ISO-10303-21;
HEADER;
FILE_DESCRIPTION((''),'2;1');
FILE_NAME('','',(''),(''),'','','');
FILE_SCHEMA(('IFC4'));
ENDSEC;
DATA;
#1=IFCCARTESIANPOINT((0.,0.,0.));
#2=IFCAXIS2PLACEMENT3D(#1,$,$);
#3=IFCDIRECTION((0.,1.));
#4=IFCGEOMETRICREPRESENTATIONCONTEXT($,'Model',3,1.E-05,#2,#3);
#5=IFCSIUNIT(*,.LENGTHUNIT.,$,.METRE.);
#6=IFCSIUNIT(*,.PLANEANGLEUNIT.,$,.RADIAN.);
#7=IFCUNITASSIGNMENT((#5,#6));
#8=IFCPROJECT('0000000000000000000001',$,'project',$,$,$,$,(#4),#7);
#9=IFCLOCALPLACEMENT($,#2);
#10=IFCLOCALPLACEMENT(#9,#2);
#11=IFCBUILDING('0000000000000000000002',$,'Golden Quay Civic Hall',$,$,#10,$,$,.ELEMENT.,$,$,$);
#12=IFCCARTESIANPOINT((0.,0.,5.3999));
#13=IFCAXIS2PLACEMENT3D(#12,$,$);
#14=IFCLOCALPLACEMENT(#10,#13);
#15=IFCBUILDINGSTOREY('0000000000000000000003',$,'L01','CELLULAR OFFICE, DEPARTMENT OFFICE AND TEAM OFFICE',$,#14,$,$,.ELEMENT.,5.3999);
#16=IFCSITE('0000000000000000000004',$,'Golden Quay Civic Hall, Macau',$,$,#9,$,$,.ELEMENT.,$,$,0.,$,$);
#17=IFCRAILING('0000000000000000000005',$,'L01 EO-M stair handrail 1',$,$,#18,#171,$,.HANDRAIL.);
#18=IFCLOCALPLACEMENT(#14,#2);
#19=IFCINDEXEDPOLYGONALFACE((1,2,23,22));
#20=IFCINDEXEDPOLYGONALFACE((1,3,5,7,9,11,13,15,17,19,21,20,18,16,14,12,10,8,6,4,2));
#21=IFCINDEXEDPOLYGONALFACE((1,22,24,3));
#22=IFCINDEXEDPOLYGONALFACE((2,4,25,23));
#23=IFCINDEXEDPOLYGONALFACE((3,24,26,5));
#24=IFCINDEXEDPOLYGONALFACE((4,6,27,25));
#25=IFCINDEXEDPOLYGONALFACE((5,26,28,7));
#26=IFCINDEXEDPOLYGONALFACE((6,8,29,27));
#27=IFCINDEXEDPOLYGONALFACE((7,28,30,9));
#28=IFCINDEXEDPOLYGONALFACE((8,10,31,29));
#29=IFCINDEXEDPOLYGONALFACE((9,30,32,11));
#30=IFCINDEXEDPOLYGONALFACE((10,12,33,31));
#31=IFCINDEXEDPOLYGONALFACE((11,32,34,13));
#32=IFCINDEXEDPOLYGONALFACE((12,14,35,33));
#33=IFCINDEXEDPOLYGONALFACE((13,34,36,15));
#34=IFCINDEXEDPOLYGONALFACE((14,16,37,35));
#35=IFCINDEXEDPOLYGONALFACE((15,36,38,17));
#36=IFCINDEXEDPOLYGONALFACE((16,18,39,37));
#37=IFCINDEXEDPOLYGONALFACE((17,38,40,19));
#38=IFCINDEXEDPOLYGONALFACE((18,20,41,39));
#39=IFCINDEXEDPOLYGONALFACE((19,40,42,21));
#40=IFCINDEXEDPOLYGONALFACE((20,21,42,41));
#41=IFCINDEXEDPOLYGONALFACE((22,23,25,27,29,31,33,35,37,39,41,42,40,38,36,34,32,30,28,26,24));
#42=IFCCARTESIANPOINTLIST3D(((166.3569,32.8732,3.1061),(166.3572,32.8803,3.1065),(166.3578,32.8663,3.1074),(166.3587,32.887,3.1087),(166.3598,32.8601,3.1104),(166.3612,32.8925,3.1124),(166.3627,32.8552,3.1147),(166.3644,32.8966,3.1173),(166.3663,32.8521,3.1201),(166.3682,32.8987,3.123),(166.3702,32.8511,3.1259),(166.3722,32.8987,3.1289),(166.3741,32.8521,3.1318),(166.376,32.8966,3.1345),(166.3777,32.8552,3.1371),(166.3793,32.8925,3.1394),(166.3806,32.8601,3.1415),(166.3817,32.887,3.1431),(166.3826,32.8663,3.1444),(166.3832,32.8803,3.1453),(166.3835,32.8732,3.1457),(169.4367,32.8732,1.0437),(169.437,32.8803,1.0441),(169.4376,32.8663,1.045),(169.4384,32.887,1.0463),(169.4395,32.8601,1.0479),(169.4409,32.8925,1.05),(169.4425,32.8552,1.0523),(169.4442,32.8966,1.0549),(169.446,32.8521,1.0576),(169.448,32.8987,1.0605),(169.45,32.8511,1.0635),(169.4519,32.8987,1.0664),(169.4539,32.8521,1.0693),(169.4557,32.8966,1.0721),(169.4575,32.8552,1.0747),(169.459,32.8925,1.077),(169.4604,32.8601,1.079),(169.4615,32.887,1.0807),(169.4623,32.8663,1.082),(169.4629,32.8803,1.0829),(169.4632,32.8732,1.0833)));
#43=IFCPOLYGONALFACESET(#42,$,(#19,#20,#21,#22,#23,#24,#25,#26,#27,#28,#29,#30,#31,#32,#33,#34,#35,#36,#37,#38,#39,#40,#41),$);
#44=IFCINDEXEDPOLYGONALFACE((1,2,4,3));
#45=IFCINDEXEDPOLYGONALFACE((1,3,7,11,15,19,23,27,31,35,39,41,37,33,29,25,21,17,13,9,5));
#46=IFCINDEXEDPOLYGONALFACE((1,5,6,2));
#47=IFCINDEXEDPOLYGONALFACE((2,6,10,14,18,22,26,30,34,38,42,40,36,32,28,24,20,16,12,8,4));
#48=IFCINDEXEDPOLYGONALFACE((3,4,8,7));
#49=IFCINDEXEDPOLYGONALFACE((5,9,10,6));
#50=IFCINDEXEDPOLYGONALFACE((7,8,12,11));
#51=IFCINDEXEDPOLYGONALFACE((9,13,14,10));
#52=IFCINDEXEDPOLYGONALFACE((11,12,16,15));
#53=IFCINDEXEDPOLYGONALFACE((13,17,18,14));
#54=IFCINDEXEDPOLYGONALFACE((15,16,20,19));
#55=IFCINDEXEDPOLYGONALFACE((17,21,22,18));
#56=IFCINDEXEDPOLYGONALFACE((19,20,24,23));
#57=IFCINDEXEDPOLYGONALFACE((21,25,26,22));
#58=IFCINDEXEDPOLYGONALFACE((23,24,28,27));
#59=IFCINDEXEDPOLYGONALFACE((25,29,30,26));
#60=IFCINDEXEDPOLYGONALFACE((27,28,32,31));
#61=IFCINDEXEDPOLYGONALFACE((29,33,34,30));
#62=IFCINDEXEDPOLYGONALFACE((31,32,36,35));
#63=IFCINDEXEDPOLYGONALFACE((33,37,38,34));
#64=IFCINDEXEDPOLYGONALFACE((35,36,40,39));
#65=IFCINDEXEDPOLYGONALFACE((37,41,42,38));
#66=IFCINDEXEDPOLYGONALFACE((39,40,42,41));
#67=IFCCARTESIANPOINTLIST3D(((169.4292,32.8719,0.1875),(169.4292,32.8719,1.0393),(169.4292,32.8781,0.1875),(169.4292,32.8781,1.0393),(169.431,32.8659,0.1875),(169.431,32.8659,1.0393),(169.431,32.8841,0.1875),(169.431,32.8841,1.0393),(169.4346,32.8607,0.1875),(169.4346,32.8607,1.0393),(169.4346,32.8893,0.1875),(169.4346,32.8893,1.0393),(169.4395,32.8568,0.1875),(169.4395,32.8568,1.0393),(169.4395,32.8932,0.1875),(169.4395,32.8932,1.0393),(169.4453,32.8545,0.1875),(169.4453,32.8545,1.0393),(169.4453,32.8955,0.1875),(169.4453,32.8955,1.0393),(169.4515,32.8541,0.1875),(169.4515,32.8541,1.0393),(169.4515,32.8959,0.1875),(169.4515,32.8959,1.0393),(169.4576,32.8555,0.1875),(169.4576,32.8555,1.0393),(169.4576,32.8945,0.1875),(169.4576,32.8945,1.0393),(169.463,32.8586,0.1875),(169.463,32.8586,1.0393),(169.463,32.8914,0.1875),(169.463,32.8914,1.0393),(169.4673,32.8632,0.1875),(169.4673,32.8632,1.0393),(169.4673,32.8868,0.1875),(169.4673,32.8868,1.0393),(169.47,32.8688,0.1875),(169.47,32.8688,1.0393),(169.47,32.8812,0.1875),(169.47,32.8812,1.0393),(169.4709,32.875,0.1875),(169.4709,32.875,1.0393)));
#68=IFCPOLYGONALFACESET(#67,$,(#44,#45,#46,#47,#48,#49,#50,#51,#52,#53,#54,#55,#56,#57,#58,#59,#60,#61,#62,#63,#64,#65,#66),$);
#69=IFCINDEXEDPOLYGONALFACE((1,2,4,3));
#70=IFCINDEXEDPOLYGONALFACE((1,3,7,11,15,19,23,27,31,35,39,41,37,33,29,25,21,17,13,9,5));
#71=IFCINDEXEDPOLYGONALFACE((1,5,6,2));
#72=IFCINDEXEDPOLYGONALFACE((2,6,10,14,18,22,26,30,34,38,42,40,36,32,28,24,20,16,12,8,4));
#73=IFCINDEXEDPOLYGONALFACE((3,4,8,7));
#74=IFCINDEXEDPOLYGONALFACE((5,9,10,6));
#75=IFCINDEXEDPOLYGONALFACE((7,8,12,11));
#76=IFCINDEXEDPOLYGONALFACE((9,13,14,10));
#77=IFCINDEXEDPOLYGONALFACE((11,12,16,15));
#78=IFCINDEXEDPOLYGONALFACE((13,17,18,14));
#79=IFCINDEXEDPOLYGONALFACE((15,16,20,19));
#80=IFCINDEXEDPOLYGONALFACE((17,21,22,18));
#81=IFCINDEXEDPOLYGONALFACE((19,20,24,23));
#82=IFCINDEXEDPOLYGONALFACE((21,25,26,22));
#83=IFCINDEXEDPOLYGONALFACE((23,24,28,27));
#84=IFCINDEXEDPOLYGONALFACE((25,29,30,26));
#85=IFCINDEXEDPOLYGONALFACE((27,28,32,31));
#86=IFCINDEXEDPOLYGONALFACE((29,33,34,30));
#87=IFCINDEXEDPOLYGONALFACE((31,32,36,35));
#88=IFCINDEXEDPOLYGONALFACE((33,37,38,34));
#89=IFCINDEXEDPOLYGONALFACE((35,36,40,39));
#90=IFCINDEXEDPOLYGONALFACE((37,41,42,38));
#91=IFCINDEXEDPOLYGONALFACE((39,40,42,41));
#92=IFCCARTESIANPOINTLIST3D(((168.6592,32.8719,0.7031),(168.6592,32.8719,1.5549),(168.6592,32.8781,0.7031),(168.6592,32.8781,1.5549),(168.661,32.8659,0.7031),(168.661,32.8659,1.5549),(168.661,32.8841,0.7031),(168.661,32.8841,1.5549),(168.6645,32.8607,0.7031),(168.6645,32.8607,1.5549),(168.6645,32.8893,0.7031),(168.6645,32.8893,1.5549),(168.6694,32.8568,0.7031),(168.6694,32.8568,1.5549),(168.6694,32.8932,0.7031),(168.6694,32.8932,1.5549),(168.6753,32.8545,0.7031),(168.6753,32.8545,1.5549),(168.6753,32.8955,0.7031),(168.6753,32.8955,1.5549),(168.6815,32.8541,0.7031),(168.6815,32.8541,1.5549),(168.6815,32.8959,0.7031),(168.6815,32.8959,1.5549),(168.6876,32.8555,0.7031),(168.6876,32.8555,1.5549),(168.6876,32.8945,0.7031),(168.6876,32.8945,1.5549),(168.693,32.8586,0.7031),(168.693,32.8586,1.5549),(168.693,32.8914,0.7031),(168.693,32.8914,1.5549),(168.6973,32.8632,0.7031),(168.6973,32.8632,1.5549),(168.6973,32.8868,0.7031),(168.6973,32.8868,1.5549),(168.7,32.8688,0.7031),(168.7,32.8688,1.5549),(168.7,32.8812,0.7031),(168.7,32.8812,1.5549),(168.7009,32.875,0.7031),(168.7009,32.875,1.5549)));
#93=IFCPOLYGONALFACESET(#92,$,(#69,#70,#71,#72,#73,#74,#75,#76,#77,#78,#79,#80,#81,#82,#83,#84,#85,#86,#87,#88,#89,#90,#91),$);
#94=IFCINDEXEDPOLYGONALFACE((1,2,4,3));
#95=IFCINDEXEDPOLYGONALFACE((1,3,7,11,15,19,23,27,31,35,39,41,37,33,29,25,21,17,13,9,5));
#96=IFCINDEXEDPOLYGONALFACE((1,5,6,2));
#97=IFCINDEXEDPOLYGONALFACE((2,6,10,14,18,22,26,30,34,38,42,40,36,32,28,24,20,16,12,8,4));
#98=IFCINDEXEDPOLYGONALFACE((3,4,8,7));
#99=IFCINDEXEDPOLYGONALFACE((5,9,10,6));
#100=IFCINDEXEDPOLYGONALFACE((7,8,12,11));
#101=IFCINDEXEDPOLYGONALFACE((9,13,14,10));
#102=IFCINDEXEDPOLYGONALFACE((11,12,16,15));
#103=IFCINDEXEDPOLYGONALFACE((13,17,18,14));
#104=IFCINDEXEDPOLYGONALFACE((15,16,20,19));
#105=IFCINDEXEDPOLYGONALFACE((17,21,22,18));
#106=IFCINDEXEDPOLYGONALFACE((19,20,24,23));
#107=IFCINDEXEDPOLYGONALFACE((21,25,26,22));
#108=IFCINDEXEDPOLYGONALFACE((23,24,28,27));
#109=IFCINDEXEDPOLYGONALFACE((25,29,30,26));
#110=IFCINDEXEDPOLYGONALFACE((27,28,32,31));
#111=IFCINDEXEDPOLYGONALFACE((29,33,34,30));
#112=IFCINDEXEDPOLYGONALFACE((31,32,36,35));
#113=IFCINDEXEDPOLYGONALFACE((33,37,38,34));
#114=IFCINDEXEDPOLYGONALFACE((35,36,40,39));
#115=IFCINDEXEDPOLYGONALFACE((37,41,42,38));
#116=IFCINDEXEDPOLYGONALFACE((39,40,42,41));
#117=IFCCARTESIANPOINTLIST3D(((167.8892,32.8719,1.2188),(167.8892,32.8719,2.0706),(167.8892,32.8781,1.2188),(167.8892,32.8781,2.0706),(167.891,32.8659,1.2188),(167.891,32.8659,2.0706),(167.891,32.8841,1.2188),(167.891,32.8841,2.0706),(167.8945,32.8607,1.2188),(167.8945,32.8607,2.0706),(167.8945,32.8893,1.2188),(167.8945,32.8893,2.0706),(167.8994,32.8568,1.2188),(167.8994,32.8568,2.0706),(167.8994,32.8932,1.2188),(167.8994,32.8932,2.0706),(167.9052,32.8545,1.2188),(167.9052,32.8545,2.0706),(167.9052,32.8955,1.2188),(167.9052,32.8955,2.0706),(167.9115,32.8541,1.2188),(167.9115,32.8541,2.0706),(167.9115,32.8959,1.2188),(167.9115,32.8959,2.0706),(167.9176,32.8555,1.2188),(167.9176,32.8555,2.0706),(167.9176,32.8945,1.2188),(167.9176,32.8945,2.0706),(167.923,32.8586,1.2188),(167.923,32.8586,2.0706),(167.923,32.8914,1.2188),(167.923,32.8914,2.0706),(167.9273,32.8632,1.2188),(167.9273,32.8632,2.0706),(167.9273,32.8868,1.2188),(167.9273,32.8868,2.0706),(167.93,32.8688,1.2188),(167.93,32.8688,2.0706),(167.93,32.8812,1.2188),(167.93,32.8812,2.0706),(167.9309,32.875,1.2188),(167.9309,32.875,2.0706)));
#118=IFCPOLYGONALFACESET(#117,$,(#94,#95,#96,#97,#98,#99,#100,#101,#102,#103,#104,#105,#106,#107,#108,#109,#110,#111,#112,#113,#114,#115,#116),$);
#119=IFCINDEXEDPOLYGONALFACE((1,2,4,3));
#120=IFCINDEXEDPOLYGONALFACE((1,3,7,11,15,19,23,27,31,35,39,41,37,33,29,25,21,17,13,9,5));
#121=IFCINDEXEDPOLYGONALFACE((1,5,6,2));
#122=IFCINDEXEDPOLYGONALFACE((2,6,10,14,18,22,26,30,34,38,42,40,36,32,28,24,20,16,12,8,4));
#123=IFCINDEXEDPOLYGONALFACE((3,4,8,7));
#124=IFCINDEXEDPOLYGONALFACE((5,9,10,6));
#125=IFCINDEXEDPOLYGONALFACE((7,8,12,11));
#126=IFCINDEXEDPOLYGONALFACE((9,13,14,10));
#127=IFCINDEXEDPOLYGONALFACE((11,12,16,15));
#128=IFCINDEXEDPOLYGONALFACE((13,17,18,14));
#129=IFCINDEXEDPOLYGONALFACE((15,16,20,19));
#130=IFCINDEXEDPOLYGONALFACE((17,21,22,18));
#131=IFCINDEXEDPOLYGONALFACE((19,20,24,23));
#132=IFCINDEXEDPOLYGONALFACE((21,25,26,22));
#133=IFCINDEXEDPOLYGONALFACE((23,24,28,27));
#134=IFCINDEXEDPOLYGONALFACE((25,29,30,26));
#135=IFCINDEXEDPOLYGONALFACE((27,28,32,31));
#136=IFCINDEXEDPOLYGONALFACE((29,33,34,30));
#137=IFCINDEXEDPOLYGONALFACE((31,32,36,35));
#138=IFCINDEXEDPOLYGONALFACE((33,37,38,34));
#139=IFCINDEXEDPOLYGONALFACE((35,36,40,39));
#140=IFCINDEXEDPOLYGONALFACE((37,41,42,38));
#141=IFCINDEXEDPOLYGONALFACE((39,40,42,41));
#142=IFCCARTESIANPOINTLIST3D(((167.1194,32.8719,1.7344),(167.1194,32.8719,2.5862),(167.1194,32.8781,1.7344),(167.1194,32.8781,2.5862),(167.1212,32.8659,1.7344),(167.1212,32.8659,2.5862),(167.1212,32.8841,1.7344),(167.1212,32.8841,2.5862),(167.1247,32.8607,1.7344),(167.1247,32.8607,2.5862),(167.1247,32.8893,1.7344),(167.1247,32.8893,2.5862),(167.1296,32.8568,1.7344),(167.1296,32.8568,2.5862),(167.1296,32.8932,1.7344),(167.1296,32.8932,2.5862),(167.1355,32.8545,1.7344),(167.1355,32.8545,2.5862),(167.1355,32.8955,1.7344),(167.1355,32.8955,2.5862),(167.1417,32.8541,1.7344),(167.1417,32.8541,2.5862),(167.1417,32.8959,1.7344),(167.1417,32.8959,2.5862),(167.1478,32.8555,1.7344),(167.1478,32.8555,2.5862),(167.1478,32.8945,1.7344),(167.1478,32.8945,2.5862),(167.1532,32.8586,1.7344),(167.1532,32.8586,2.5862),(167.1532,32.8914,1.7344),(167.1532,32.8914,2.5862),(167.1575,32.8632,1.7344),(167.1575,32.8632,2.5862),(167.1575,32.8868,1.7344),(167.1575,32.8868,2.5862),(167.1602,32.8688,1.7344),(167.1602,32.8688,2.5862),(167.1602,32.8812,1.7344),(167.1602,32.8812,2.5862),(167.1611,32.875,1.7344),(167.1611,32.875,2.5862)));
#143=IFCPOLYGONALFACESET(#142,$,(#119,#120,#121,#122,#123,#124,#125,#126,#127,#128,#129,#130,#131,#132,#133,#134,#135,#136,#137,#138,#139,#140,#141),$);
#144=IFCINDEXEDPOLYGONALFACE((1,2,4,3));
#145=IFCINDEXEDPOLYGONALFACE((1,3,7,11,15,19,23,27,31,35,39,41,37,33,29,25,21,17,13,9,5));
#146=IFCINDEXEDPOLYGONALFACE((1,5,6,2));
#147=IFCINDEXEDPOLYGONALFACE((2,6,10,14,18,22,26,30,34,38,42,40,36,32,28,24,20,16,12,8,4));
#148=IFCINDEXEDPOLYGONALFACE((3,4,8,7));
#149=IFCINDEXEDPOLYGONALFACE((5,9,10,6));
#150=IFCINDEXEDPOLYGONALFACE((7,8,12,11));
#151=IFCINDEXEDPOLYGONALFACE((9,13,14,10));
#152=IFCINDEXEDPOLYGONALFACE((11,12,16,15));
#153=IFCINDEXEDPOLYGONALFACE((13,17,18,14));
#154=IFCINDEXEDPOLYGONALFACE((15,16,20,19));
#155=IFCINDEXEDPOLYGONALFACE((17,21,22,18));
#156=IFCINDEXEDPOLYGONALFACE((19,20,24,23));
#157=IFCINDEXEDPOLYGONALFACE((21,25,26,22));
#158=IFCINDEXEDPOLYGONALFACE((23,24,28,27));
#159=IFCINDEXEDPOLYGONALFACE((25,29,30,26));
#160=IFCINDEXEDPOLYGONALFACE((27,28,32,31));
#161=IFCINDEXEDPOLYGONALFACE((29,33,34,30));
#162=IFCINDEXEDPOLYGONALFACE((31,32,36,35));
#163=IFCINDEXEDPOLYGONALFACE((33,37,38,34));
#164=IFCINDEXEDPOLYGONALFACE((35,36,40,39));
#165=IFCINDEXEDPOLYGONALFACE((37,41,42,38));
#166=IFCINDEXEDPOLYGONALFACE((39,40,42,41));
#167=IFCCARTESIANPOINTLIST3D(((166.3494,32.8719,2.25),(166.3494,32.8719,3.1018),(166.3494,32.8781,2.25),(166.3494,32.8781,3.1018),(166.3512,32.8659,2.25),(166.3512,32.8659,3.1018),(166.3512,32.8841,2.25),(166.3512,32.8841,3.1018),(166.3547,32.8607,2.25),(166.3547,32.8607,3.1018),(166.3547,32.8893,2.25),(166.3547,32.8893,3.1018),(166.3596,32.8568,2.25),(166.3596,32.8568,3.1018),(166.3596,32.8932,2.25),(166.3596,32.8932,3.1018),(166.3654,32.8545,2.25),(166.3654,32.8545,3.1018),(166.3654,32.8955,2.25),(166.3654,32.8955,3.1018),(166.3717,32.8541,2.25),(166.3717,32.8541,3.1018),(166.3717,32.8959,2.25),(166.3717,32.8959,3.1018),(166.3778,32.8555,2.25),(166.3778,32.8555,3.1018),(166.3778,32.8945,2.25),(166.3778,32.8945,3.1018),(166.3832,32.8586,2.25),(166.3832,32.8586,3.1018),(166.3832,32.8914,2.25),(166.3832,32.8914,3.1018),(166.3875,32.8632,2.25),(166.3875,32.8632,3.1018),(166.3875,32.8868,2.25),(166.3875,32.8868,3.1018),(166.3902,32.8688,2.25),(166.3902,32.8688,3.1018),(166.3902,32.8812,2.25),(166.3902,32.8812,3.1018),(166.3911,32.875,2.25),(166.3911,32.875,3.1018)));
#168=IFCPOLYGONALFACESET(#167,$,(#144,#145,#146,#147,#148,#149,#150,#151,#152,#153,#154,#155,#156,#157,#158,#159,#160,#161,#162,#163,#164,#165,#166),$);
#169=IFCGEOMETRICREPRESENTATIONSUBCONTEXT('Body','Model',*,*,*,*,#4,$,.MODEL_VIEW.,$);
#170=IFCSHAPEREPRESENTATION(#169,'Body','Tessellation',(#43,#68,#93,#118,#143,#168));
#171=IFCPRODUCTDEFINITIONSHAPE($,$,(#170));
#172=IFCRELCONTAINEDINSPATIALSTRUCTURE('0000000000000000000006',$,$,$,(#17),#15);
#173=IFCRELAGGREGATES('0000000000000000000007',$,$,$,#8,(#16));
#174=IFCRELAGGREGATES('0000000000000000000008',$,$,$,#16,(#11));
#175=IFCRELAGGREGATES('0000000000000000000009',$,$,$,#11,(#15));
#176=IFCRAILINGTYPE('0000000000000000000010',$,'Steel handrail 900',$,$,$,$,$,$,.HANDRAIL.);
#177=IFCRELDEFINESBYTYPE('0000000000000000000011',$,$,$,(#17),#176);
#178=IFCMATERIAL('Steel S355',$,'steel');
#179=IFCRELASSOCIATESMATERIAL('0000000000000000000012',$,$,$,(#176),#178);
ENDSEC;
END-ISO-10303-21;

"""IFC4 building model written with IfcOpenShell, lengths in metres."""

from ifc_helpers import new_model, si_unit, direction, frame, origin, origin_2d, place, context, subcontext, project, spatial, circle, extrude, material, type_object, element, save


model = new_model("IFC4")

# Units and contexts
model_context = context("Model", 3, precision=1e-05, world=origin(), true_north=direction((0.0, 1.0)))
body_context = subcontext(model_context, "Body", "Model", "MODEL_VIEW")
ifc_project = project(units=[si_unit("LENGTHUNIT", "METRE"), si_unit("PLANEANGLEUNIT", "RADIAN")], contexts=[model_context])

# Site, building, storey
site_placement = place(None, origin())
site = spatial("IfcSite", under=ifc_project, at=site_placement, Name="Golden Quay Civic Hall, Macau", CompositionType="ELEMENT", RefElevation=0.0)
building_placement = place(site_placement, origin())
building = spatial("IfcBuilding", under=site, at=building_placement, Name="Golden Quay Civic Hall", CompositionType="ELEMENT")
storey_placement = place(building_placement, frame((0.0, 0.0, 5.3999)))
storey = spatial("IfcBuildingStorey", under=building, at=storey_placement, Name="L01", Description="CELLULAR OFFICE, DEPARTMENT OFFICE AND TEAM OFFICE", CompositionType="ELEMENT", Elevation=5.3999)

# Railing
ifc_material_1 = material(Name="Steel S355", Category="steel")
railing_type = type_object("IfcRailingType", Name="Steel handrail 900", PredefinedType="HANDRAIL", material=ifc_material_1)
railing_placement = place(storey_placement, frame((169.45, 32.875, 0.1875)))
element("IfcRailing", 1, at=railing_placement, inside=storey, type_object=railing_type, Name="L01 EO-M stair handrail 1", PredefinedType="HANDRAIL", context=body_context, shape_type="SweptSolid", body=[
    extrude(circle(Radius=0.0239, at=origin_2d()), frame((0.0, 0.0, 0.876), z_axis=(-0.830893, 0.0, 0.556432), x_axis=(0.0, -1.0, 0.0)), (0.0, 0.0, 1.0), 3.7065),
    extrude(circle(Radius=0.021, at=origin_2d()), origin(), (0.0, 0.0, 1.0), 0.8518),
    extrude(circle(Radius=0.021, at=origin_2d()), frame((-0.77, 0.0, 0.5156)), (0.0, 0.0, 1.0), 0.8518),
    extrude(circle(Radius=0.021, at=origin_2d()), frame((-1.54, 0.0, 1.0312)), (0.0, 0.0, 1.0), 0.8518),
    extrude(circle(Radius=0.021, at=origin_2d()), frame((-2.3098, 0.0, 1.5469)), (0.0, 0.0, 1.0), 0.8518),
    extrude(circle(Radius=0.021, at=origin_2d()), frame((-3.0798, 0.0, 2.0625)), (0.0, 0.0, 1.0), 0.8518),
])

save(model, "model.ifc")
